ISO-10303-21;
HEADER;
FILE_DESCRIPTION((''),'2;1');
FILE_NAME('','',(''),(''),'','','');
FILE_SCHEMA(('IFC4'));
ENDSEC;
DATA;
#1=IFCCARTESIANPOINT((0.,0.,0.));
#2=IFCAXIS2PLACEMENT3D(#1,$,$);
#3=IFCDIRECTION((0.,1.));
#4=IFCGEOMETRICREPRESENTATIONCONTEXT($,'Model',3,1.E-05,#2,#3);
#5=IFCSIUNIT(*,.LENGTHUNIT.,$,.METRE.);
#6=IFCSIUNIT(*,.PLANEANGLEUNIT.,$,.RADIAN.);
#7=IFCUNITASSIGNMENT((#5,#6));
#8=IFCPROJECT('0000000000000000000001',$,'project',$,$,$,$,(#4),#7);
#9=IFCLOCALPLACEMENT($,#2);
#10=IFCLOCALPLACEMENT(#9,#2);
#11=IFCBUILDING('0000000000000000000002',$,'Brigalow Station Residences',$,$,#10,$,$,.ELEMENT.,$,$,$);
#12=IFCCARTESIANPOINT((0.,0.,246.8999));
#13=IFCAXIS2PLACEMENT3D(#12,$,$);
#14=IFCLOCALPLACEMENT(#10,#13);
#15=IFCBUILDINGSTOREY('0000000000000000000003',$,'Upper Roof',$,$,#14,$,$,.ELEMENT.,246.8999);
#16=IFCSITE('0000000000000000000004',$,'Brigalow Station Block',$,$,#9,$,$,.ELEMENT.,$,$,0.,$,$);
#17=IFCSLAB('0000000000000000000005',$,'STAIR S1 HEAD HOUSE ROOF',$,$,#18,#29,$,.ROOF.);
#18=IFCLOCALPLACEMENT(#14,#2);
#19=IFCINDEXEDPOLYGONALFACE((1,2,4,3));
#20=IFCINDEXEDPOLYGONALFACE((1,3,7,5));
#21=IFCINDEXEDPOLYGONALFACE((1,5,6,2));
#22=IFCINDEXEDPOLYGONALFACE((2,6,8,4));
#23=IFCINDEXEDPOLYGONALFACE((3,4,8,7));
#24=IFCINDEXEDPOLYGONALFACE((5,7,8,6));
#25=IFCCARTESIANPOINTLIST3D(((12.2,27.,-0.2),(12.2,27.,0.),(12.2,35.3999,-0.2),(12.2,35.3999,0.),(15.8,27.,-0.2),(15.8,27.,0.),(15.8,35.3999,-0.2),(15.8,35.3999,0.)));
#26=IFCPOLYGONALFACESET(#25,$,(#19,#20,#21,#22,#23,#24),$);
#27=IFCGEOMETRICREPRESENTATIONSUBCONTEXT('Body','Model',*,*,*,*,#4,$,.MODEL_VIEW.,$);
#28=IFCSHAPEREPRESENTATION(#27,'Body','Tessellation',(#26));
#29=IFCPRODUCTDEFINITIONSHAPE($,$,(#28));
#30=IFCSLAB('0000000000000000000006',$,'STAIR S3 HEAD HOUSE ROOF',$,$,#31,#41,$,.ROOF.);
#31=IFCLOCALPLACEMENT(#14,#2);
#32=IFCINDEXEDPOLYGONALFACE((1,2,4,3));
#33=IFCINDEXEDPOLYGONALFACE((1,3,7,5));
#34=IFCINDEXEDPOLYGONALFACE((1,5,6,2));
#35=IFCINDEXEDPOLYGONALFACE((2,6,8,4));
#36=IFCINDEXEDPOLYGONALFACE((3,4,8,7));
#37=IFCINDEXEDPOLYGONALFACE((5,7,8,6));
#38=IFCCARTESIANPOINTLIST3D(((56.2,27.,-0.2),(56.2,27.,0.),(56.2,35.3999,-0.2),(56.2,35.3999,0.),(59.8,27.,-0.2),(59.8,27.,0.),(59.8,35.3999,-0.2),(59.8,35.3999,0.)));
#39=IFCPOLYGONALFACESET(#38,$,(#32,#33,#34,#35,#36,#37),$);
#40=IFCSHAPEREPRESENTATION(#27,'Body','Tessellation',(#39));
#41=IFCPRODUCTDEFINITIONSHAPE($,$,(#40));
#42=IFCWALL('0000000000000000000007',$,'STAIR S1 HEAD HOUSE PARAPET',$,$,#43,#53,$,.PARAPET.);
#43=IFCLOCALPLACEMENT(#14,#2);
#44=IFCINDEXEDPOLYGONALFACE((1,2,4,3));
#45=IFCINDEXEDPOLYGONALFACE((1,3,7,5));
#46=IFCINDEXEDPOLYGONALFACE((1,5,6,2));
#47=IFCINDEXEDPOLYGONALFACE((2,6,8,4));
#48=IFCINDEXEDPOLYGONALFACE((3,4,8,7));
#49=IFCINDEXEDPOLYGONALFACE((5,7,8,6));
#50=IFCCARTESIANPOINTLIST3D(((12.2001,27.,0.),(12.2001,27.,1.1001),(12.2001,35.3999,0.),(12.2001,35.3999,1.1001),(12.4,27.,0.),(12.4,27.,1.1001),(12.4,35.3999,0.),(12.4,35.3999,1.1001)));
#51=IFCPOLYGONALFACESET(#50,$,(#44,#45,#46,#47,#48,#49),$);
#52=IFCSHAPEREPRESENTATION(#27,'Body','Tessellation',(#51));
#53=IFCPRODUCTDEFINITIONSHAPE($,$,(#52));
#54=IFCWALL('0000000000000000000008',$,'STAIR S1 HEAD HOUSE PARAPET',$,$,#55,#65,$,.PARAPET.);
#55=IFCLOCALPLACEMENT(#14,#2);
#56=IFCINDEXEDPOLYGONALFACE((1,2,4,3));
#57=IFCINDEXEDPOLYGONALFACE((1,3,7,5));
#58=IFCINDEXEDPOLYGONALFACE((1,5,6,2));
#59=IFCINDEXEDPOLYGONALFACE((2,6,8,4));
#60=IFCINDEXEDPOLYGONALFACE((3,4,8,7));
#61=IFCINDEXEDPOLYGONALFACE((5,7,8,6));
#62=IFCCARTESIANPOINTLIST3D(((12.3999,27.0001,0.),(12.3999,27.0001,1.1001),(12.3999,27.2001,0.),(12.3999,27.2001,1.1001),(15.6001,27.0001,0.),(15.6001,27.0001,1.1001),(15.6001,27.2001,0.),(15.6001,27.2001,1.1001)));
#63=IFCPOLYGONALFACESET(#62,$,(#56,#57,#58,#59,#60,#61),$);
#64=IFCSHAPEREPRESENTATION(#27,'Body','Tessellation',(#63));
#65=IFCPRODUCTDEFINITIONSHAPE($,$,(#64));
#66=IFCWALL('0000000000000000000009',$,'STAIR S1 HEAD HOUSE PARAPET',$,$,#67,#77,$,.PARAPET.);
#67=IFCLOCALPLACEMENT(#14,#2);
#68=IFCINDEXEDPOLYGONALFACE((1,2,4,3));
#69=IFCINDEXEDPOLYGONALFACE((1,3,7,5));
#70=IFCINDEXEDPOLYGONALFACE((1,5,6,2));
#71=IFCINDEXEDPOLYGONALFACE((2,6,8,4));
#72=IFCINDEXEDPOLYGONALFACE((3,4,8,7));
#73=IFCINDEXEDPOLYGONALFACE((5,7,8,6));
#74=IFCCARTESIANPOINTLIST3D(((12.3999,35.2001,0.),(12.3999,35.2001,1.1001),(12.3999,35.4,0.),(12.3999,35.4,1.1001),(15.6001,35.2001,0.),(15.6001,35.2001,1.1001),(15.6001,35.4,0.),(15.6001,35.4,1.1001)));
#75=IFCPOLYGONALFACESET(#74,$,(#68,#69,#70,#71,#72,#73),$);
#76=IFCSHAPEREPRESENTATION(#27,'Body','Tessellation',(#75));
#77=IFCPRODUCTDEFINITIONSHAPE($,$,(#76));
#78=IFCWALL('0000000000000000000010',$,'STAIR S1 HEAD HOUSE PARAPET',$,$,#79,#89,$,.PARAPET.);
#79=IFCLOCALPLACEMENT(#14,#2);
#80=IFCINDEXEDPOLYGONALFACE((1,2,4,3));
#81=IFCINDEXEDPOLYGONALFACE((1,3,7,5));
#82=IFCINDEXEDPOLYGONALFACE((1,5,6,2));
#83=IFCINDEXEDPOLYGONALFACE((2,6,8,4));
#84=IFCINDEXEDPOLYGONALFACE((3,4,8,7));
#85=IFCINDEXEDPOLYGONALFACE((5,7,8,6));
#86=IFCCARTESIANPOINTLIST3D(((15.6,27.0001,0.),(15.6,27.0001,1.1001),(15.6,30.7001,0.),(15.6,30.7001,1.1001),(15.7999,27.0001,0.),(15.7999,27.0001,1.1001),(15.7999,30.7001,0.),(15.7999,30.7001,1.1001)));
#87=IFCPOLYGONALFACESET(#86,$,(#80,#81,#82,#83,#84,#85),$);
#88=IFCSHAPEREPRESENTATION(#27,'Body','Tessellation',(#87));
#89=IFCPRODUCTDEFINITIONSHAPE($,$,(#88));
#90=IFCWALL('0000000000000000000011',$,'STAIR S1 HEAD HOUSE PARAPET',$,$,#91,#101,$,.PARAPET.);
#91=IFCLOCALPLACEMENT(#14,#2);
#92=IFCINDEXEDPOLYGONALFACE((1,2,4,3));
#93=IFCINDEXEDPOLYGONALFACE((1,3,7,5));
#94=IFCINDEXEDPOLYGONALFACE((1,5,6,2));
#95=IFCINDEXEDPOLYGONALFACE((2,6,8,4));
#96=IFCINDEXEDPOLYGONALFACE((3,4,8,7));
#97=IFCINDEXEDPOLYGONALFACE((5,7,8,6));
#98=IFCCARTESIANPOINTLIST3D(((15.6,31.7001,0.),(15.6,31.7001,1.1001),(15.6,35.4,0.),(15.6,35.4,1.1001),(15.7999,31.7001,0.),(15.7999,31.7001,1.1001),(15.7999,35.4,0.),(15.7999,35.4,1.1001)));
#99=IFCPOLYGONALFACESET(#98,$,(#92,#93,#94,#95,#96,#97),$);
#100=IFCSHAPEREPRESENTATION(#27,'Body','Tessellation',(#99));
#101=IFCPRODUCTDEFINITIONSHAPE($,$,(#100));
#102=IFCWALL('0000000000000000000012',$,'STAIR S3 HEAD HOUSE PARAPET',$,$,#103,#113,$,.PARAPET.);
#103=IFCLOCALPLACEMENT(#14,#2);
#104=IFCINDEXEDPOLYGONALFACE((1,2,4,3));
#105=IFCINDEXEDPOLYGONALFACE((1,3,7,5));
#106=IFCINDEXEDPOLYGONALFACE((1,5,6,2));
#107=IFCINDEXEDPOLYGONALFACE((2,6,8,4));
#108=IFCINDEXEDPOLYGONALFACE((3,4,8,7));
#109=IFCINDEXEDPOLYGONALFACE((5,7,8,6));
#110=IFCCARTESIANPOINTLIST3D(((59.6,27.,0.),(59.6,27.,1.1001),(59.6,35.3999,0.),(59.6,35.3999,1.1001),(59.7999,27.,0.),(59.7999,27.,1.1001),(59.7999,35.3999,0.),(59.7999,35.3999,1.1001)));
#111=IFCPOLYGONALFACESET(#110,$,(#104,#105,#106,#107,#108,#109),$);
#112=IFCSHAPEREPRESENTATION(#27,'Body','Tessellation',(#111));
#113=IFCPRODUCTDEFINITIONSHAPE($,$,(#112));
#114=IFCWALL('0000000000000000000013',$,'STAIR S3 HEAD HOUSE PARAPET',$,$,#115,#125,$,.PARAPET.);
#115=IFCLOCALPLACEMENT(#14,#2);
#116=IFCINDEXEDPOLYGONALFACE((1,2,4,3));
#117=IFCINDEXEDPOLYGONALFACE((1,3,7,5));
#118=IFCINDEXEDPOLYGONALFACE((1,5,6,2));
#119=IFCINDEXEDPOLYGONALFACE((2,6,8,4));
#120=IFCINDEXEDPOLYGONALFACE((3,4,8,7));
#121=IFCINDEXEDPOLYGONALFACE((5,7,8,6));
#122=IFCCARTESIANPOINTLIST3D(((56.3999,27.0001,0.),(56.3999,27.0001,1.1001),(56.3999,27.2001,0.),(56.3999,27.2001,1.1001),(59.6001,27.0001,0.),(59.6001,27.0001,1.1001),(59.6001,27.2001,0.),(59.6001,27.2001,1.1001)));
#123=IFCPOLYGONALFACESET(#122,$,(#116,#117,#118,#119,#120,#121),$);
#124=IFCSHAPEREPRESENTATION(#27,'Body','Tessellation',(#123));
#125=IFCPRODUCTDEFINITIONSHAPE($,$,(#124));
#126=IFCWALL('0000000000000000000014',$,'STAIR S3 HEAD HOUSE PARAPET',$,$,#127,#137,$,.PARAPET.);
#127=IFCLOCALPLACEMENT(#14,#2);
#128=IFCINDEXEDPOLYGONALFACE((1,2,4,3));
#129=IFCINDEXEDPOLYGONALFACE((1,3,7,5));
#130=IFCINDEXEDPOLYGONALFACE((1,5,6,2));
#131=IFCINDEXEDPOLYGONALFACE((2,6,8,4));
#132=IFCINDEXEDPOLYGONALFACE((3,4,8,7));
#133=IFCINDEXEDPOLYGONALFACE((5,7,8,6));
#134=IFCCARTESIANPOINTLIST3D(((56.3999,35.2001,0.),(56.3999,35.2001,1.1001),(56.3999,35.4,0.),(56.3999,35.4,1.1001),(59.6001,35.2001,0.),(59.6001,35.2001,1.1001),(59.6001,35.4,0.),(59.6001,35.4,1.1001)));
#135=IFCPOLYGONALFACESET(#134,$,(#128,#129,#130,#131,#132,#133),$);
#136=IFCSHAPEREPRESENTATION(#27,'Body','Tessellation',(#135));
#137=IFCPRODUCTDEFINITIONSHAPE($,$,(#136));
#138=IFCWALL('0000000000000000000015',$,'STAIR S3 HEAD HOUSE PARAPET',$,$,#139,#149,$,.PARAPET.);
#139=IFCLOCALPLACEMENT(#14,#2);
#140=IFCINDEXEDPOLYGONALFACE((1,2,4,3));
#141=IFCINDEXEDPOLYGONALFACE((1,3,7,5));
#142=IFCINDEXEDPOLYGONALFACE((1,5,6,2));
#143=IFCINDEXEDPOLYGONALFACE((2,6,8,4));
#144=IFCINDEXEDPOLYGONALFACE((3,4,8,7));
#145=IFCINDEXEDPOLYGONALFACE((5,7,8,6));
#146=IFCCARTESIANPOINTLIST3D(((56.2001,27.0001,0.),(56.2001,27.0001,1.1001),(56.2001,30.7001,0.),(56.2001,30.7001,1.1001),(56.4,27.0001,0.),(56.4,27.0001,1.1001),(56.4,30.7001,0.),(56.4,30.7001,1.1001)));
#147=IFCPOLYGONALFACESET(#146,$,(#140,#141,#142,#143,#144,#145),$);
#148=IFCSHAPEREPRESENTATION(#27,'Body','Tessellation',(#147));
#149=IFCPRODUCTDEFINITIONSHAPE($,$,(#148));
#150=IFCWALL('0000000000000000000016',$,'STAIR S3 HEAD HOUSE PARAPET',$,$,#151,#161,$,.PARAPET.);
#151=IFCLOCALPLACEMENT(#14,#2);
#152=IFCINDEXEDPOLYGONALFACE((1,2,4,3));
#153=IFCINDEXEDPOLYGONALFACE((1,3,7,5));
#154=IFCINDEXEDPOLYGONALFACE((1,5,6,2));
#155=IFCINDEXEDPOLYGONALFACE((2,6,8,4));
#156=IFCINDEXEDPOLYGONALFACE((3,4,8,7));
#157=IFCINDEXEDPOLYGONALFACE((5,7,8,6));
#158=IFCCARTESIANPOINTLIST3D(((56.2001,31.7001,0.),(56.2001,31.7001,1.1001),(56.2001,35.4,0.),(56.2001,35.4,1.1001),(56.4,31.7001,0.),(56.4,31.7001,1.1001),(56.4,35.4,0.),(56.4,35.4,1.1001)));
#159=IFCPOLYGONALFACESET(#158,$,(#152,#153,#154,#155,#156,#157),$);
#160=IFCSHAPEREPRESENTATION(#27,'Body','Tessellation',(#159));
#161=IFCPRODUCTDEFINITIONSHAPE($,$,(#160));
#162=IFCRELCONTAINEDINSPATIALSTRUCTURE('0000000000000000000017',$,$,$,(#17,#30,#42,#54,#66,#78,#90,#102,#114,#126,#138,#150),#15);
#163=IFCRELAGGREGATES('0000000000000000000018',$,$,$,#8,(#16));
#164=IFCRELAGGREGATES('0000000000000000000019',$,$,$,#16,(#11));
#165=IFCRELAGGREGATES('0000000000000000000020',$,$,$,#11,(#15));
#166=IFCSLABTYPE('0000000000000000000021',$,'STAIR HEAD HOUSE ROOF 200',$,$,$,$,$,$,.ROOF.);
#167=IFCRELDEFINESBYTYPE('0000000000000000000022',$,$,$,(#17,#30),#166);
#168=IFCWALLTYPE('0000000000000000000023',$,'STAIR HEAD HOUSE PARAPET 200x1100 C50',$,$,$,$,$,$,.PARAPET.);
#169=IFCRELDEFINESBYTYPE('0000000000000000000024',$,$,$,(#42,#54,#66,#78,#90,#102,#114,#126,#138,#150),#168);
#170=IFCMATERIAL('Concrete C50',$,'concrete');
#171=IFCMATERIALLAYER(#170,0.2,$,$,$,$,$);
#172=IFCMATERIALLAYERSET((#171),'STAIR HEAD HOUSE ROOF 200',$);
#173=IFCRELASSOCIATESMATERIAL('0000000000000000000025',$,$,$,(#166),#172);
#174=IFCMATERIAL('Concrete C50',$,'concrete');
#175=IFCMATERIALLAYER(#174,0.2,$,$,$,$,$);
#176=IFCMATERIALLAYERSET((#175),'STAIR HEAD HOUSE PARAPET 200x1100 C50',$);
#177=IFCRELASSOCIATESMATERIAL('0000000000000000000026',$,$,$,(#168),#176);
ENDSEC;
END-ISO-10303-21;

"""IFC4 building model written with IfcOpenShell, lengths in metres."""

from ifc_helpers import new_model, si_unit, direction, frame, frame_2d, origin, place, context, subcontext, project, spatial, polyline, rectangle, outline, extrude, material, layer, layer_set, type_object, element, save


model = new_model("IFC4")

# Units and contexts
model_context = context("Model", 3, precision=1e-05, world=origin(), true_north=direction((0.0, 1.0)))
body_context = subcontext(model_context, "Body", "Model", "MODEL_VIEW")
ifc_project = project(units=[si_unit("LENGTHUNIT", "METRE"), si_unit("PLANEANGLEUNIT", "RADIAN")], contexts=[model_context])

# Site, building, storey
site_placement = place(None, origin())
site = spatial("IfcSite", under=ifc_project, at=site_placement, Name="Brigalow Station Block", CompositionType="ELEMENT", RefElevation=0.0)
building_placement = place(site_placement, origin())
building = spatial("IfcBuilding", under=site, at=building_placement, Name="Brigalow Station Residences", CompositionType="ELEMENT")
storey_placement = place(building_placement, frame((0.0, 0.0, 246.8999)))
storey = spatial("IfcBuildingStorey", under=building, at=storey_placement, Name="Upper Roof", CompositionType="ELEMENT", Elevation=246.8999)

# Slabs
ifc_material_1 = material(Name="Concrete C50", Category="concrete")
ifc_layer_1 = layer(ifc_material_1, 0.2)
ifc_layer_set_1 = layer_set([ifc_layer_1], Name="STAIR HEAD HOUSE ROOF 200")
slab_type = type_object("IfcSlabType", Name="STAIR HEAD HOUSE ROOF 200", PredefinedType="ROOF", material=ifc_layer_set_1)
slab_1_placement = place(storey_placement, frame((0.0, 0.0, -0.2)))
element("IfcSlab", 1, at=slab_1_placement, inside=storey, type_object=slab_type, Name="STAIR S1 HEAD HOUSE ROOF", PredefinedType="ROOF", context=body_context, shape_type="SweptSolid", body=[
    extrude(outline(polyline([(12.2, 27.0), (15.8, 27.0), (15.8, 35.3999), (12.2, 35.3999), (12.2, 27.0)])), origin(), (0.0, 0.0, 1.0), 0.2),
])
slab_2_placement = place(storey_placement, frame((0.0, 0.0, -0.2)))
element("IfcSlab", 2, at=slab_2_placement, inside=storey, type_object=slab_type, Name="STAIR S3 HEAD HOUSE ROOF", PredefinedType="ROOF", context=body_context, shape_type="SweptSolid", body=[
    extrude(outline(polyline([(56.2, 27.0), (59.8, 27.0), (59.8, 35.3999), (56.2, 35.3999), (56.2, 27.0)])), origin(), (0.0, 0.0, 1.0), 0.2),
])

# Walls
ifc_material_2 = material(Name="Concrete C50", Category="concrete")
ifc_layer_2 = layer(ifc_material_2, 0.2)
ifc_layer_set_2 = layer_set([ifc_layer_2], Name="STAIR HEAD HOUSE PARAPET 200x1100 C50")
wall_type = type_object("IfcWallType", Name="STAIR HEAD HOUSE PARAPET 200x1100 C50", PredefinedType="PARAPET", material=ifc_layer_set_2)
wall_1_placement = place(storey_placement, frame((12.3, 27.0, 0.0), z_axis=(0.0, 0.0, 1.0), x_axis=(0.0, 1.0, 0.0)))
element("IfcWall", 3, at=wall_1_placement, inside=storey, type_object=wall_type, Name="STAIR S1 HEAD HOUSE PARAPET", PredefinedType="PARAPET", context=body_context, shape_type="SweptSolid", body=[
    extrude(rectangle(XDim=8.3999, YDim=0.2, at=frame_2d((4.2, 0.0))), origin(), (0.0, 0.0, 1.0), 1.1001),
])
for number, where, z_axis, x_axis, name in (
    (4, (12.3999, 27.1001, 0.0), (0.0, 0.0, 1.0), (1.0, 0.0, 0.0), "STAIR S1 HEAD HOUSE PARAPET"),
    (5, (12.3999, 35.3, 0.0), (0.0, 0.0, 1.0), (1.0, 0.0, 0.0), "STAIR S1 HEAD HOUSE PARAPET"),
):
    element("IfcWall", number, at=place(storey_placement, frame(where, z_axis=z_axis, x_axis=x_axis)), inside=storey, type_object=wall_type, Name=name, PredefinedType="PARAPET", context=body_context, shape_type="SweptSolid", body=[
        extrude(rectangle(XDim=3.2002, YDim=0.2, at=frame_2d((1.6001, 0.0))), origin(), (0.0, 0.0, 1.0), 1.1001),
    ])
for number, where, z_axis, x_axis, name in (
    (6, (15.7, 27.0, 0.0), (0.0, 0.0, 1.0), (0.0, 1.0, 0.0), "STAIR S1 HEAD HOUSE PARAPET"),
    (7, (15.7, 31.7, 0.0), (0.0, 0.0, 1.0), (0.0, 1.0, 0.0), "STAIR S1 HEAD HOUSE PARAPET"),
):
    element("IfcWall", number, at=place(storey_placement, frame(where, z_axis=z_axis, x_axis=x_axis)), inside=storey, type_object=wall_type, Name=name, PredefinedType="PARAPET", context=body_context, shape_type="SweptSolid", body=[
        extrude(rectangle(XDim=3.7, YDim=0.2, at=frame_2d((1.8501, 0.0))), origin(), (0.0, 0.0, 1.0), 1.1001),
    ])
wall_2_placement = place(storey_placement, frame((59.7, 27.0, 0.0), z_axis=(0.0, 0.0, 1.0), x_axis=(0.0, 1.0, 0.0)))
element("IfcWall", 8, at=wall_2_placement, inside=storey, type_object=wall_type, Name="STAIR S3 HEAD HOUSE PARAPET", PredefinedType="PARAPET", context=body_context, shape_type="SweptSolid", body=[
    extrude(rectangle(XDim=8.3999, YDim=0.2, at=frame_2d((4.2, 0.0))), origin(), (0.0, 0.0, 1.0), 1.1001),
])
for number, where, z_axis, x_axis, name in (
    (9, (56.3999, 27.1001, 0.0), (0.0, 0.0, 1.0), (1.0, 0.0, 0.0), "STAIR S3 HEAD HOUSE PARAPET"),
    (10, (56.3999, 35.3, 0.0), (0.0, 0.0, 1.0), (1.0, 0.0, 0.0), "STAIR S3 HEAD HOUSE PARAPET"),
):
    element("IfcWall", number, at=place(storey_placement, frame(where, z_axis=z_axis, x_axis=x_axis)), inside=storey, type_object=wall_type, Name=name, PredefinedType="PARAPET", context=body_context, shape_type="SweptSolid", body=[
        extrude(rectangle(XDim=3.2002, YDim=0.2, at=frame_2d((1.6001, 0.0))), origin(), (0.0, 0.0, 1.0), 1.1001),
    ])
for number, where, z_axis, x_axis, name in (
    (11, (56.3, 27.0, 0.0), (0.0, 0.0, 1.0), (0.0, 1.0, 0.0), "STAIR S3 HEAD HOUSE PARAPET"),
    (12, (56.3, 31.7, 0.0), (0.0, 0.0, 1.0), (0.0, 1.0, 0.0), "STAIR S3 HEAD HOUSE PARAPET"),
):
    element("IfcWall", number, at=place(storey_placement, frame(where, z_axis=z_axis, x_axis=x_axis)), inside=storey, type_object=wall_type, Name=name, PredefinedType="PARAPET", context=body_context, shape_type="SweptSolid", body=[
        extrude(rectangle(XDim=3.7, YDim=0.2, at=frame_2d((1.8501, 0.0))), origin(), (0.0, 0.0, 1.0), 1.1001),
    ])

save(model, "model.ifc")
